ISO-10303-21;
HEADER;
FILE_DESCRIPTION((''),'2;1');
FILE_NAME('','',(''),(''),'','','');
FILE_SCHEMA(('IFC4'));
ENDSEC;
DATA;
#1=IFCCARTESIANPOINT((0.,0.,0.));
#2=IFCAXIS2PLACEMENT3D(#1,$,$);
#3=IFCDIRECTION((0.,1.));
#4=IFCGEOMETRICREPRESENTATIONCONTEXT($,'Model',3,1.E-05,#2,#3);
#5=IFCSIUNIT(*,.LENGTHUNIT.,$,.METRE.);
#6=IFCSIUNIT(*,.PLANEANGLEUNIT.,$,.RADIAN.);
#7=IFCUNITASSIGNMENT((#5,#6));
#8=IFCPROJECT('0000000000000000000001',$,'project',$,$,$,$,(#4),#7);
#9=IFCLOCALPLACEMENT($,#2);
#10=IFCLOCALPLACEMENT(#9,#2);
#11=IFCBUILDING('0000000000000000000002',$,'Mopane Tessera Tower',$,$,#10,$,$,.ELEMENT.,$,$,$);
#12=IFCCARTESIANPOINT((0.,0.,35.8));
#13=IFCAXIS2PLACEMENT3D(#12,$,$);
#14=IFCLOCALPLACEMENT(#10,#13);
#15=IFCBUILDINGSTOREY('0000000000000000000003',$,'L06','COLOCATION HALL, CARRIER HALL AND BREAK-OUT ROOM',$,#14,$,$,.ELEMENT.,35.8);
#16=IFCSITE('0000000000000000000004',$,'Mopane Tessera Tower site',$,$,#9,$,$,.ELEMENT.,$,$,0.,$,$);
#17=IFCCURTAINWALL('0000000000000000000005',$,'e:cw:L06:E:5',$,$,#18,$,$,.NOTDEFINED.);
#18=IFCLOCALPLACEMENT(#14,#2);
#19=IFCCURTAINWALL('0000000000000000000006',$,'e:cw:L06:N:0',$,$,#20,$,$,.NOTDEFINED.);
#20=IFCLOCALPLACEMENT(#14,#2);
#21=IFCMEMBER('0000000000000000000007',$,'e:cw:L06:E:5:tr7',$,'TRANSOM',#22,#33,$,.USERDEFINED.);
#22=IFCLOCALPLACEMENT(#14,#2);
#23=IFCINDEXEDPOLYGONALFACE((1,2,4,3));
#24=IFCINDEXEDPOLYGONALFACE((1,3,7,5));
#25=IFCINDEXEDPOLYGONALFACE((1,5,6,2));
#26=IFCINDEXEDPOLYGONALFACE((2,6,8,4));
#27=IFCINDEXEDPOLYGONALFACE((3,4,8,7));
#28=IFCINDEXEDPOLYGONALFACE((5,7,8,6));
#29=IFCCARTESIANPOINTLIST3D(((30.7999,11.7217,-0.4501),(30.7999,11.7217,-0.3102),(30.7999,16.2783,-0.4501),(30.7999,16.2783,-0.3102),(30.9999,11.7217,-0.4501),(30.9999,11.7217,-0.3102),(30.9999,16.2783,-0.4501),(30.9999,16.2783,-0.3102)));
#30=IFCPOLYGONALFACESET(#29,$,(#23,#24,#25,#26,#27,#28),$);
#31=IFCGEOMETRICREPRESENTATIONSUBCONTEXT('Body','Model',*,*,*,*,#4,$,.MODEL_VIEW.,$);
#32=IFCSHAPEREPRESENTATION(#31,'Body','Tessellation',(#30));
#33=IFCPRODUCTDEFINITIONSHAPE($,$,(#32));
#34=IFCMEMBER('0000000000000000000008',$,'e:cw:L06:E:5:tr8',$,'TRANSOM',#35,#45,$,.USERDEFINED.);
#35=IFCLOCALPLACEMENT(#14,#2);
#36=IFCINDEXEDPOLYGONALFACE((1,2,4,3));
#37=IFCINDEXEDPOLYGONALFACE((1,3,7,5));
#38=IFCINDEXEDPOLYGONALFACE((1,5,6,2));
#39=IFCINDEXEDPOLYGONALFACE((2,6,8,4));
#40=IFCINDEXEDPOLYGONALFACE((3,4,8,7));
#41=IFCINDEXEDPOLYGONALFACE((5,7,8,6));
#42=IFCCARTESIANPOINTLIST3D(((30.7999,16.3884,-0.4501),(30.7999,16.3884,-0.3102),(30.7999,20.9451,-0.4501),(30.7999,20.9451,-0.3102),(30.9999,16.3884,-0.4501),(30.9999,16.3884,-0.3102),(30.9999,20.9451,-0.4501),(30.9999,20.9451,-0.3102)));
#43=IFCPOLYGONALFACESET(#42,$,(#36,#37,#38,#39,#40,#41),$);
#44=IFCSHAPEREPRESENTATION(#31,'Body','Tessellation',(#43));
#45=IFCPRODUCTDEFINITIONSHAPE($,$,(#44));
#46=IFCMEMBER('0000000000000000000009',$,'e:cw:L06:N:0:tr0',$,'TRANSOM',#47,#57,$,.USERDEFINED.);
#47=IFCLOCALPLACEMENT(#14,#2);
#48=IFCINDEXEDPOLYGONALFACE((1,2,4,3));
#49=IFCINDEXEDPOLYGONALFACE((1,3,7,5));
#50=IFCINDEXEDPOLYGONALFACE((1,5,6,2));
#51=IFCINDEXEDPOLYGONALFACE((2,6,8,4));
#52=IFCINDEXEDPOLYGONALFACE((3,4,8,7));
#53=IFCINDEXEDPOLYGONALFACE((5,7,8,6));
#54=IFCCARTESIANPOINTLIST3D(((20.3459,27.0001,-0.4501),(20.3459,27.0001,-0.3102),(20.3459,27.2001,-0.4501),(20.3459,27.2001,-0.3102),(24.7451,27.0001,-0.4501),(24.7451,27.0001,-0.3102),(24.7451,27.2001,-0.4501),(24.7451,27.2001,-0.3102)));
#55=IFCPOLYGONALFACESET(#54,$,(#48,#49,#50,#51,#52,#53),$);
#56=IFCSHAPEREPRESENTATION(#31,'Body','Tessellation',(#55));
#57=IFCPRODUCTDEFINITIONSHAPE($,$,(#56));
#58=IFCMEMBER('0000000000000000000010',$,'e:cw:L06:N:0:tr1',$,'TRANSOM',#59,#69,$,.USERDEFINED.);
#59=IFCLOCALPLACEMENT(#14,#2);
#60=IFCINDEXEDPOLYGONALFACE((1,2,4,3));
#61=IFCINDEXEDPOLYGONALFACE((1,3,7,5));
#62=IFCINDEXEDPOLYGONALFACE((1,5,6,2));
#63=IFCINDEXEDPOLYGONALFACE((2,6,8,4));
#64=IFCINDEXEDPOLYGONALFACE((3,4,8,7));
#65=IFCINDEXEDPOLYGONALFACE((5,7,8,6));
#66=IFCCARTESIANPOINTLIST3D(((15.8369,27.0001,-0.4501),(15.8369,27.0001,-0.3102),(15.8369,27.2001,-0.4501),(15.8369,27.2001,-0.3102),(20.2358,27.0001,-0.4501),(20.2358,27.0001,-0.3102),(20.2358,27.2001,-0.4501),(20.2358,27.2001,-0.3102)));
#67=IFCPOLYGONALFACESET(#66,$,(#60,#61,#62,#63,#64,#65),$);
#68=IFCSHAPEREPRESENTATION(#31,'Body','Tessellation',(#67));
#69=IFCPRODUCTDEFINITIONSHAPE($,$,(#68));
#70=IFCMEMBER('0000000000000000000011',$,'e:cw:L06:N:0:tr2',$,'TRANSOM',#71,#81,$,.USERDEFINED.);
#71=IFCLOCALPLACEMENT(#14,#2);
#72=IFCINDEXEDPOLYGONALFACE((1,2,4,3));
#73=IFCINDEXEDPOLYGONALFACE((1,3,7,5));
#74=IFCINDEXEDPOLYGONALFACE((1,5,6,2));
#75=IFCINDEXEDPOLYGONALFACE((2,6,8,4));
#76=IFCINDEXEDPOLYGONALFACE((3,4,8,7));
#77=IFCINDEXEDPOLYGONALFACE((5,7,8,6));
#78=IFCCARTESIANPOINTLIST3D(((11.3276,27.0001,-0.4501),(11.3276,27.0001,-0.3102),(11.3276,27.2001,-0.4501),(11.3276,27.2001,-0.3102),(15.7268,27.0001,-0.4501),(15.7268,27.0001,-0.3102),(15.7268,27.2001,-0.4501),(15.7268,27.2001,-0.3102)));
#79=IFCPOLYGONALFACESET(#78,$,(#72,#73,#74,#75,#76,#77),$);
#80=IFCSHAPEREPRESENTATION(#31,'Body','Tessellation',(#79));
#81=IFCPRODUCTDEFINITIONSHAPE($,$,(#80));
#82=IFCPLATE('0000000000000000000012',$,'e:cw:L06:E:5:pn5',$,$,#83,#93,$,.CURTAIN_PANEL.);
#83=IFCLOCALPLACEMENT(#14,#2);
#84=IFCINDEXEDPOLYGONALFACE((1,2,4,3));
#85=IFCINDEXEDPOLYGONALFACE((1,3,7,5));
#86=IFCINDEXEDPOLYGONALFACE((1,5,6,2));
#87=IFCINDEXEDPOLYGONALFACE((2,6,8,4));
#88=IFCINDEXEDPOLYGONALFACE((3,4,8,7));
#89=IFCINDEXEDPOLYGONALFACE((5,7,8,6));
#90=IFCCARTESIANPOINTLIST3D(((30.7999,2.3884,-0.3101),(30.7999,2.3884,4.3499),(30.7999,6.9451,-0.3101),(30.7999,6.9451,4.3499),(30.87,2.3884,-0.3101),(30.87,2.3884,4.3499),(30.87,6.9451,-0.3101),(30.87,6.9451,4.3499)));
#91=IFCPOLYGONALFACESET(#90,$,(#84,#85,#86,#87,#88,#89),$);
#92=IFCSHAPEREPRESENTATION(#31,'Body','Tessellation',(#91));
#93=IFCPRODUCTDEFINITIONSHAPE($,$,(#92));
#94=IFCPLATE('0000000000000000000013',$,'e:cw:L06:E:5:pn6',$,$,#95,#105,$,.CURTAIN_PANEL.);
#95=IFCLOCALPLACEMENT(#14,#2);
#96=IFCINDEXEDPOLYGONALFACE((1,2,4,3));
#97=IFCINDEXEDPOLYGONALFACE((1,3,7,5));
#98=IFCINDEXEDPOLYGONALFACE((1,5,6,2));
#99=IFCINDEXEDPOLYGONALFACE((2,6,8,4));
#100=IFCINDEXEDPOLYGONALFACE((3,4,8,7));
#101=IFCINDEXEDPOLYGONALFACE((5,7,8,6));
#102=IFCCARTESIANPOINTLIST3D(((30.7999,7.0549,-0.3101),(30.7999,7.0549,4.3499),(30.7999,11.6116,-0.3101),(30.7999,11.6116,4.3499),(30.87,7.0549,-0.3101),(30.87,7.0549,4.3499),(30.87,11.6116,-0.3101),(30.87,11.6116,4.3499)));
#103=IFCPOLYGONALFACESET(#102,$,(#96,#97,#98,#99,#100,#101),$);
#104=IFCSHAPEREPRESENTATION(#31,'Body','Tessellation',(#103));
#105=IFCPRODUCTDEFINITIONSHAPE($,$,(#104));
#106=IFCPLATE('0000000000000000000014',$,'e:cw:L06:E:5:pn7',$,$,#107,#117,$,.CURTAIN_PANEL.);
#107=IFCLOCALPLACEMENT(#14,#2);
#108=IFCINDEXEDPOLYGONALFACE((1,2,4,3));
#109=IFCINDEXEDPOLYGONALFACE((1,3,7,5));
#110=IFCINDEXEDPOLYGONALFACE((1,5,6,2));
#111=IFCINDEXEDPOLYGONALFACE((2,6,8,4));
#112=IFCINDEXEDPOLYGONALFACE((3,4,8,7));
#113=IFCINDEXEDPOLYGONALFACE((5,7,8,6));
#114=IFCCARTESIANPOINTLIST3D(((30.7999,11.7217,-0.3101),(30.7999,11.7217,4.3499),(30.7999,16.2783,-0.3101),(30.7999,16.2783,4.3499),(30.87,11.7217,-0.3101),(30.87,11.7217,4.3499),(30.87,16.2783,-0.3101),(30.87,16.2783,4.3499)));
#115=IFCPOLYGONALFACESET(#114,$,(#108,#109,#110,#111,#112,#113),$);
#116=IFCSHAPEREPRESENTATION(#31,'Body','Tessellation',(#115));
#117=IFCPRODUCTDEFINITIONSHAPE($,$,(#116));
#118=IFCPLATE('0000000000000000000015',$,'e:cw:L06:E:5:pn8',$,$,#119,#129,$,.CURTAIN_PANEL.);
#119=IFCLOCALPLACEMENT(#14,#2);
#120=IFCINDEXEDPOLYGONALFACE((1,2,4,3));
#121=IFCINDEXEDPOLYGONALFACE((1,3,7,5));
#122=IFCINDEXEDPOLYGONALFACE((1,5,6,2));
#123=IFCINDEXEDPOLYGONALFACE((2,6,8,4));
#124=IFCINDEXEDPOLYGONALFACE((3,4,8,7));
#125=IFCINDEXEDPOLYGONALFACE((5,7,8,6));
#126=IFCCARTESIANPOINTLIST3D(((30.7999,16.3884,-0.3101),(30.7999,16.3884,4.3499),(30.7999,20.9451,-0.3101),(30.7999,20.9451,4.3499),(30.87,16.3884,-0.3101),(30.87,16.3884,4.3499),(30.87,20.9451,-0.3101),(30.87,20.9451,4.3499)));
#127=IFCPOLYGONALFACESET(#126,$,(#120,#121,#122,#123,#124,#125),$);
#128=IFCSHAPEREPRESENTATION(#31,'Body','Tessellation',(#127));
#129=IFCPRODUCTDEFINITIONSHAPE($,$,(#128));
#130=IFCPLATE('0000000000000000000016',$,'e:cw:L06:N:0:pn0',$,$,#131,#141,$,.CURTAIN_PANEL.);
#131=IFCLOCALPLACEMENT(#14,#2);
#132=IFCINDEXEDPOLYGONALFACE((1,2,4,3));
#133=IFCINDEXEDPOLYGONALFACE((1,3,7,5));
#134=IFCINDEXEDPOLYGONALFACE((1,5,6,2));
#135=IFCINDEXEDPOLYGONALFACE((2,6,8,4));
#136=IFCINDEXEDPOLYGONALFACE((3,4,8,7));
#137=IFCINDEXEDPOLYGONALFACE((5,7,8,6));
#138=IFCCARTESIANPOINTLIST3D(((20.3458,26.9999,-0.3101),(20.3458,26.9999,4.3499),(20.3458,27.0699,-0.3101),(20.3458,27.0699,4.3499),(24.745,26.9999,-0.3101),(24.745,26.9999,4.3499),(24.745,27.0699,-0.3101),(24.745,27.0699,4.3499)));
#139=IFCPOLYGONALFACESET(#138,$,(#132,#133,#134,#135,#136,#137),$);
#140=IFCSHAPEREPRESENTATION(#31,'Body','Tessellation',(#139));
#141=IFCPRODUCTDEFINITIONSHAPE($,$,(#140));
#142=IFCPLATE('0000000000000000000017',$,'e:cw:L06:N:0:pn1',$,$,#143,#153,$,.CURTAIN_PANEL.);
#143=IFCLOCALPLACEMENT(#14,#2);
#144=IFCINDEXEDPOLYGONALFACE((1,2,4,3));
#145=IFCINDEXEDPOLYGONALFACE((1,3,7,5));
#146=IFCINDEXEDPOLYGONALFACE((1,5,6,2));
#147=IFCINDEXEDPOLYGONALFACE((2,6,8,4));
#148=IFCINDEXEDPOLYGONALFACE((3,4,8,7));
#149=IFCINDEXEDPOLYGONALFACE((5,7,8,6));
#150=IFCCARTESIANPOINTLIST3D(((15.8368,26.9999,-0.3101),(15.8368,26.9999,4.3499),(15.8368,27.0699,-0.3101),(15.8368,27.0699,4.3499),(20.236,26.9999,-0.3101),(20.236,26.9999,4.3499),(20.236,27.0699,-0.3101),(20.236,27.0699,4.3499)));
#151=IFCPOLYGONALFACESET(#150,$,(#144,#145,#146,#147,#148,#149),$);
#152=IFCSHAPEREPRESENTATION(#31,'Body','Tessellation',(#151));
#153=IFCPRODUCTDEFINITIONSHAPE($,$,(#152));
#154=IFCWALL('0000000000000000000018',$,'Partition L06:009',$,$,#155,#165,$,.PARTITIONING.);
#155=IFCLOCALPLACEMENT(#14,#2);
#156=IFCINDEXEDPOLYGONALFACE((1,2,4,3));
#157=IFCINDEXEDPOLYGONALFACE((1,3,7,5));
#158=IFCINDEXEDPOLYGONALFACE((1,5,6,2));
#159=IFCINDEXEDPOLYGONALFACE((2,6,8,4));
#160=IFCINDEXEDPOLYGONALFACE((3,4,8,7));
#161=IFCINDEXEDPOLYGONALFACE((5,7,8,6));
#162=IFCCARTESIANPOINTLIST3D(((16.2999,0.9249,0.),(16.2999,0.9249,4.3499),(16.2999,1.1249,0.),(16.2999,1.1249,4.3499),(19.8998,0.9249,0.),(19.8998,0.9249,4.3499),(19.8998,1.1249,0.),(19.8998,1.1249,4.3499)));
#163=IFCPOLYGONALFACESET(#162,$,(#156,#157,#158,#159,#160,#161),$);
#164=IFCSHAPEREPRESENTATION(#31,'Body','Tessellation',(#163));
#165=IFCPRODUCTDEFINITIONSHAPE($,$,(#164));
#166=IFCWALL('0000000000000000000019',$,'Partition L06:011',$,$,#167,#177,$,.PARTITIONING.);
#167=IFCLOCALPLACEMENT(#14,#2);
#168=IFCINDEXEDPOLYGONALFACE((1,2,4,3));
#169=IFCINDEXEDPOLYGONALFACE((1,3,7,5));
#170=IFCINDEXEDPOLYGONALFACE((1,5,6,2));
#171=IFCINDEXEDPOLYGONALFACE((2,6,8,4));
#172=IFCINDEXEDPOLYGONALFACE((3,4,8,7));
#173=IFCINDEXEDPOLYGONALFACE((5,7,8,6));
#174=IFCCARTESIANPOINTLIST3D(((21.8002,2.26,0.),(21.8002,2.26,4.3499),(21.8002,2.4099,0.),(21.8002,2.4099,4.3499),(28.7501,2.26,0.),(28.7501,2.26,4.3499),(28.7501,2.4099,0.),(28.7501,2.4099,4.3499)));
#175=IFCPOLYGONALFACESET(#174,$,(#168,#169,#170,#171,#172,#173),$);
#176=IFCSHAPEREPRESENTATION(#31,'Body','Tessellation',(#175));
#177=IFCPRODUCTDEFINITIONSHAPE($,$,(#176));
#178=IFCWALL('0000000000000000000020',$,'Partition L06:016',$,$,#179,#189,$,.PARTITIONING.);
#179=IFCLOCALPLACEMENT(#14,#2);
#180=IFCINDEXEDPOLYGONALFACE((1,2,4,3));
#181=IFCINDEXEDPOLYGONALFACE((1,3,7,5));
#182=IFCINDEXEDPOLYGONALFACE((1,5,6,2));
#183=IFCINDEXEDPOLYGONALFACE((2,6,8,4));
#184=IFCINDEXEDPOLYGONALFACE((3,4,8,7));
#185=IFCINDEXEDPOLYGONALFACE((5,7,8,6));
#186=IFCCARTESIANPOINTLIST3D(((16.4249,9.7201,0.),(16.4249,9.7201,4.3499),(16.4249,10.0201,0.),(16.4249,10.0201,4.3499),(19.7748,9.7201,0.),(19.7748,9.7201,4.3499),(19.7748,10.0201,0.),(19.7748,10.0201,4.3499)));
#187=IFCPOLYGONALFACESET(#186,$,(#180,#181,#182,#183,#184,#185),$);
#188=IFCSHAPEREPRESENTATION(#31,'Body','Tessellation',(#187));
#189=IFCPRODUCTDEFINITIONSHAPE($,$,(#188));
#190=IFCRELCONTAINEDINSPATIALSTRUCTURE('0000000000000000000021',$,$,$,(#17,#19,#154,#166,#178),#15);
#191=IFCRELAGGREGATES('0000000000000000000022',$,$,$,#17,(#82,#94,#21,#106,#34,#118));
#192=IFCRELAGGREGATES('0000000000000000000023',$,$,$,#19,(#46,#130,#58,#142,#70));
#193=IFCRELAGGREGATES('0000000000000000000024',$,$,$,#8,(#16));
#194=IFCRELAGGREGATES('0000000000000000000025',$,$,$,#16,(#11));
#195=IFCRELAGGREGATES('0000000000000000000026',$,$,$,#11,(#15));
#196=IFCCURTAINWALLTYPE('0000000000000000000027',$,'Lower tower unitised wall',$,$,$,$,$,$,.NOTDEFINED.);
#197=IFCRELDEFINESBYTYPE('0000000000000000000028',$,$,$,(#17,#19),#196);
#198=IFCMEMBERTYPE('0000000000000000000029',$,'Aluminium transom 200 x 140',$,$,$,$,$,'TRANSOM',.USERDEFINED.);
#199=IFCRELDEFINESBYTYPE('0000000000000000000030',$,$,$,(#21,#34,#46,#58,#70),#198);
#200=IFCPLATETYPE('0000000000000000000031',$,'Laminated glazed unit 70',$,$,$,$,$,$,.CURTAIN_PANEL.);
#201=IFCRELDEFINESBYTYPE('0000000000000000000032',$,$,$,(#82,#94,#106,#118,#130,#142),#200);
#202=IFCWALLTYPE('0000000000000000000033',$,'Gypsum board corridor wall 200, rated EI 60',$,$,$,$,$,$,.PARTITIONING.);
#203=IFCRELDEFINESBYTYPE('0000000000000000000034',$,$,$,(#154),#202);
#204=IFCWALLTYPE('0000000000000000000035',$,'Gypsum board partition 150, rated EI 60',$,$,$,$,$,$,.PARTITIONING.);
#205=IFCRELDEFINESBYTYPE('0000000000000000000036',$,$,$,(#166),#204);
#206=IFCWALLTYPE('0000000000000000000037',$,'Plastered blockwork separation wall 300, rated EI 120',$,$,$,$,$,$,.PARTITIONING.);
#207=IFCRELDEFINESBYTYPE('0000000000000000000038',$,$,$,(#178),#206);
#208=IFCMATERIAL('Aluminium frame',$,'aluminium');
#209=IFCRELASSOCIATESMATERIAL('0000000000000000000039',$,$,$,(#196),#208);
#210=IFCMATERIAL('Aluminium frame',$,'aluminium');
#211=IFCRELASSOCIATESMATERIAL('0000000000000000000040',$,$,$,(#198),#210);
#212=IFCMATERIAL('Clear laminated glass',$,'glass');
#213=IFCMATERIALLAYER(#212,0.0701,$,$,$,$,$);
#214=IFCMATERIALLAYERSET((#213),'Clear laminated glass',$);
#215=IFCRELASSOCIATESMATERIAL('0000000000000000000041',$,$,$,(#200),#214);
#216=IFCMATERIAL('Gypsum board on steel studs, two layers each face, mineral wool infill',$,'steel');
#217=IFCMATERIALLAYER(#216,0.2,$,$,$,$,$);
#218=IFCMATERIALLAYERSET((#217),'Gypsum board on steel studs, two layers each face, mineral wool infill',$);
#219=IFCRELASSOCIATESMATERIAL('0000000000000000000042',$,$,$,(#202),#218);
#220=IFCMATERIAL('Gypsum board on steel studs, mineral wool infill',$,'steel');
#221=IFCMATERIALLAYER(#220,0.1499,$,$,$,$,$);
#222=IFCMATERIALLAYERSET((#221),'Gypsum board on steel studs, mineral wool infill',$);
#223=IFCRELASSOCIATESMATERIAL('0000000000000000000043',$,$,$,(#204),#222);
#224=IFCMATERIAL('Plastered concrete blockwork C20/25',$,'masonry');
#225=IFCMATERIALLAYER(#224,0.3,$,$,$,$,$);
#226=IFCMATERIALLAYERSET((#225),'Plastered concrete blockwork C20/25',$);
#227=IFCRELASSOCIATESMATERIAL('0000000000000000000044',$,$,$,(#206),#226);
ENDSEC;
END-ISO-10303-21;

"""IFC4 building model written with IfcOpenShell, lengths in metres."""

from ifc_helpers import new_model, si_unit, direction, frame, frame_2d, origin, origin_2d, place, context, subcontext, project, spatial, rectangle, extrude, material, layer, layer_set, material_profile, profile_set, type_object, element, aggregate, save


model = new_model("IFC4")

# Units and contexts
model_context = context("Model", 3, precision=1e-05, world=origin(), true_north=direction((0.0, 1.0)))
body_context = subcontext(model_context, "Body", "Model", "MODEL_VIEW")
ifc_project = project(units=[si_unit("LENGTHUNIT", "METRE"), si_unit("PLANEANGLEUNIT", "RADIAN")], contexts=[model_context])

# Site, building, storey
site_placement = place(None, origin())
site = spatial("IfcSite", under=ifc_project, at=site_placement, Name="Mopane Tessera Tower site", CompositionType="ELEMENT", RefElevation=0.0)
building_placement = place(site_placement, origin())
building = spatial("IfcBuilding", under=site, at=building_placement, Name="Mopane Tessera Tower", CompositionType="ELEMENT")
storey_placement = place(building_placement, frame((0.0, 0.0, 35.8)))
storey = spatial("IfcBuildingStorey", under=building, at=storey_placement, Name="L06", Description="COLOCATION HALL, CARRIER HALL AND BREAK-OUT ROOM", CompositionType="ELEMENT", Elevation=35.8)

# Curtain walls
ifc_material_1 = material(Name="Aluminium frame", Category="aluminium")
curtain_wall_type = type_object("IfcCurtainWallType", Name="Lower tower unitised wall", PredefinedType="NOTDEFINED", material=ifc_material_1)
curtain_wall_1_placement = place(storey_placement, origin())
curtain_wall_1 = element("IfcCurtainWall", 1, at=curtain_wall_1_placement, inside=storey, type_object=curtain_wall_type, Name="e:cw:L06:E:5", PredefinedType="NOTDEFINED")
curtain_wall_2_placement = place(storey_placement, origin())
curtain_wall_2 = element("IfcCurtainWall", 2, at=curtain_wall_2_placement, inside=storey, type_object=curtain_wall_type, Name="e:cw:L06:N:0", PredefinedType="NOTDEFINED")

# Members
ifc_material_2 = material(Name="Aluminium frame", Category="aluminium")
ifc_material_profile_1 = material_profile(ifc_material_2, rectangle(XDim=0.2, YDim=0.1399, at=origin_2d()))
ifc_profile_set_1 = profile_set([ifc_material_profile_1], Name="Aluminium frame")
member_type_1 = type_object("IfcMemberType", Name="Aluminium transom 200 x 140", ElementType="TRANSOM", PredefinedType="USERDEFINED", material=ifc_profile_set_1)
member_1_placement = place(storey_placement, frame((30.8999, 11.7217, -0.3801), z_axis=(0.0, 1.0, 0.0), x_axis=(-1.0, 0.0, 0.0)))
member_1 = element("IfcMember", 3, at=member_1_placement, type_object=member_type_1, Name="e:cw:L06:E:5:tr7", ObjectType="TRANSOM", PredefinedType="USERDEFINED", context=body_context, shape_type="SweptSolid", body=[
    extrude(rectangle(XDim=0.2, YDim=0.1399, at=origin_2d()), origin(), (0.0, 0.0, 1.0), 4.5566),
])
member_2_placement = place(storey_placement, frame((30.8999, 16.3884, -0.3801), z_axis=(0.0, 1.0, 0.0), x_axis=(-1.0, 0.0, 0.0)))
member_2 = element("IfcMember", 4, at=member_2_placement, type_object=member_type_1, Name="e:cw:L06:E:5:tr8", ObjectType="TRANSOM", PredefinedType="USERDEFINED", context=body_context, shape_type="SweptSolid", body=[
    extrude(rectangle(XDim=0.2, YDim=0.1399, at=origin_2d()), origin(), (0.0, 0.0, 1.0), 4.5566),
])
member_3_placement = place(storey_placement, frame((24.7451, 27.1001, -0.3801), z_axis=(-1.0, 0.0, 0.0), x_axis=(0.0, -1.0, 0.0)))
member_3 = element("IfcMember", 5, at=member_3_placement, type_object=member_type_1, Name="e:cw:L06:N:0:tr0", ObjectType="TRANSOM", PredefinedType="USERDEFINED", context=body_context, shape_type="SweptSolid", body=[
    extrude(rectangle(XDim=0.2, YDim=0.1399, at=origin_2d()), origin(), (0.0, 0.0, 1.0), 4.3992),
])
member_4_placement = place(storey_placement, frame((20.2358, 27.1001, -0.3801), z_axis=(-1.0, 0.0, 0.0), x_axis=(0.0, -1.0, 0.0)))
member_4 = element("IfcMember", 6, at=member_4_placement, type_object=member_type_1, Name="e:cw:L06:N:0:tr1", ObjectType="TRANSOM", PredefinedType="USERDEFINED", context=body_context, shape_type="SweptSolid", body=[
    extrude(rectangle(XDim=0.2, YDim=0.1399, at=origin_2d()), origin(), (0.0, 0.0, 1.0), 4.3989),
])
member_5_placement = place(storey_placement, frame((15.7268, 27.1001, -0.3801), z_axis=(-1.0, 0.0, 0.0), x_axis=(0.0, -1.0, 0.0)))
member_5 = element("IfcMember", 7, at=member_5_placement, type_object=member_type_1, Name="e:cw:L06:N:0:tr2", ObjectType="TRANSOM", PredefinedType="USERDEFINED", context=body_context, shape_type="SweptSolid", body=[
    extrude(rectangle(XDim=0.2, YDim=0.1399, at=origin_2d()), origin(), (0.0, 0.0, 1.0), 4.3992),
])

# Plates
ifc_material_3 = material(Name="Clear laminated glass", Category="glass")
ifc_layer_1 = layer(ifc_material_3, 0.0701)
ifc_layer_set_1 = layer_set([ifc_layer_1], Name="Clear laminated glass")
plate_type = type_object("IfcPlateType", Name="Laminated glazed unit 70", PredefinedType="CURTAIN_PANEL", material=ifc_layer_set_1)
plate_1_placement = place(storey_placement, frame((30.835, 4.6667, -0.3101), z_axis=(0.0, 0.0, 1.0), x_axis=(0.0, 1.0, 0.0)))
plate_1 = element("IfcPlate", 8, at=plate_1_placement, type_object=plate_type, Name="e:cw:L06:E:5:pn5", PredefinedType="CURTAIN_PANEL", context=body_context, shape_type="SweptSolid", body=[
    extrude(rectangle(XDim=4.5566, YDim=0.0701, at=origin_2d()), origin(), (0.0, 0.0, 1.0), 4.6599),
])
plate_2_placement = place(storey_placement, frame((30.835, 9.3333, -0.3101), z_axis=(0.0, 0.0, 1.0), x_axis=(0.0, 1.0, 0.0)))
plate_2 = element("IfcPlate", 9, at=plate_2_placement, type_object=plate_type, Name="e:cw:L06:E:5:pn6", PredefinedType="CURTAIN_PANEL", context=body_context, shape_type="SweptSolid", body=[
    extrude(rectangle(XDim=4.5566, YDim=0.0701, at=origin_2d()), origin(), (0.0, 0.0, 1.0), 4.6599),
])
plate_3_placement = place(storey_placement, frame((30.835, 14.0, -0.3101), z_axis=(0.0, 0.0, 1.0), x_axis=(0.0, 1.0, 0.0)))
plate_3 = element("IfcPlate", 10, at=plate_3_placement, type_object=plate_type, Name="e:cw:L06:E:5:pn7", PredefinedType="CURTAIN_PANEL", context=body_context, shape_type="SweptSolid", body=[
    extrude(rectangle(XDim=4.5566, YDim=0.0701, at=origin_2d()), origin(), (0.0, 0.0, 1.0), 4.6599),
])
plate_4_placement = place(storey_placement, frame((30.835, 18.6667, -0.3101), z_axis=(0.0, 0.0, 1.0), x_axis=(0.0, 1.0, 0.0)))
plate_4 = element("IfcPlate", 11, at=plate_4_placement, type_object=plate_type, Name="e:cw:L06:E:5:pn8", PredefinedType="CURTAIN_PANEL", context=body_context, shape_type="SweptSolid", body=[
    extrude(rectangle(XDim=4.5566, YDim=0.0701, at=origin_2d()), origin(), (0.0, 0.0, 1.0), 4.6599),
])
aggregate(curtain_wall_1, [plate_1, plate_2, member_1, plate_3, member_2, plate_4])
plate_5_placement = place(storey_placement, frame((22.5454, 27.0349, -0.3101), z_axis=(0.0, 0.0, 1.0), x_axis=(-1.0, 0.0, 0.0)))
plate_5 = element("IfcPlate", 12, at=plate_5_placement, type_object=plate_type, Name="e:cw:L06:N:0:pn0", PredefinedType="CURTAIN_PANEL", context=body_context, shape_type="SweptSolid", body=[
    extrude(rectangle(XDim=4.3992, YDim=0.0701, at=origin_2d()), origin(), (0.0, 0.0, 1.0), 4.6599),
])
plate_6_placement = place(storey_placement, frame((18.0364, 27.0349, -0.3101), z_axis=(0.0, 0.0, 1.0), x_axis=(-1.0, 0.0, 0.0)))
plate_6 = element("IfcPlate", 13, at=plate_6_placement, type_object=plate_type, Name="e:cw:L06:N:0:pn1", PredefinedType="CURTAIN_PANEL", context=body_context, shape_type="SweptSolid", body=[
    extrude(rectangle(XDim=4.3992, YDim=0.0701, at=origin_2d()), origin(), (0.0, 0.0, 1.0), 4.6599),
])
aggregate(curtain_wall_2, [member_3, plate_5, member_4, plate_6, member_5])

# Walls
ifc_material_4 = material(Name="Gypsum board on steel studs, two layers each face, mineral wool infill", Category="steel")
ifc_layer_2 = layer(ifc_material_4, 0.2)
ifc_layer_set_2 = layer_set([ifc_layer_2], Name="Gypsum board on steel studs, two layers each face, mineral wool infill")
wall_type_1 = type_object("IfcWallType", Name="Gypsum board corridor wall 200, rated EI 60", PredefinedType="PARTITIONING", material=ifc_layer_set_2)
wall_1_placement = place(storey_placement, frame((16.3, 1.0249, 0.0), z_axis=(0.0, 0.0, 1.0), x_axis=(1.0, 0.0, 0.0)))
element("IfcWall", 14, at=wall_1_placement, inside=storey, type_object=wall_type_1, Name="Partition L06:009", PredefinedType="PARTITIONING", context=body_context, shape_type="SweptSolid", body=[
    extrude(rectangle(XDim=3.5999, YDim=0.2, at=frame_2d((1.7998, 0.0))), origin(), (0.0, 0.0, 1.0), 4.3499),
])
ifc_material_5 = material(Name="Gypsum board on steel studs, mineral wool infill", Category="steel")
ifc_layer_3 = layer(ifc_material_5, 0.1499)
ifc_layer_set_3 = layer_set([ifc_layer_3], Name="Gypsum board on steel studs, mineral wool infill")
wall_type_2 = type_object("IfcWallType", Name="Gypsum board partition 150, rated EI 60", PredefinedType="PARTITIONING", material=ifc_layer_set_3)
wall_2_placement = place(storey_placement, frame((21.8, 2.335, 0.0), z_axis=(0.0, 0.0, 1.0), x_axis=(1.0, 0.0, 0.0)))
element("IfcWall", 15, at=wall_2_placement, inside=storey, type_object=wall_type_2, Name="Partition L06:011", PredefinedType="PARTITIONING", context=body_context, shape_type="SweptSolid", body=[
    extrude(rectangle(XDim=6.95, YDim=0.1499, at=frame_2d((3.4751, 0.0))), origin(), (0.0, 0.0, 1.0), 4.3499),
])
ifc_material_6 = material(Name="Plastered concrete blockwork C20/25", Category="masonry")
ifc_layer_4 = layer(ifc_material_6, 0.3)
ifc_layer_set_4 = layer_set([ifc_layer_4], Name="Plastered concrete blockwork C20/25")
wall_type_3 = type_object("IfcWallType", Name="Plastered blockwork separation wall 300, rated EI 120", PredefinedType="PARTITIONING", material=ifc_layer_set_4)
wall_3_placement = place(storey_placement, frame((16.425, 9.8701, 0.0), z_axis=(0.0, 0.0, 1.0), x_axis=(1.0, 0.0, 0.0)))
element("IfcWall", 16, at=wall_3_placement, inside=storey, type_object=wall_type_3, Name="Partition L06:016", PredefinedType="PARTITIONING", context=body_context, shape_type="SweptSolid", body=[
    extrude(rectangle(XDim=3.3499, YDim=0.3, at=frame_2d((1.6748, 0.0))), origin(), (0.0, 0.0, 1.0), 4.3499),
])

save(model, "model.ifc")
